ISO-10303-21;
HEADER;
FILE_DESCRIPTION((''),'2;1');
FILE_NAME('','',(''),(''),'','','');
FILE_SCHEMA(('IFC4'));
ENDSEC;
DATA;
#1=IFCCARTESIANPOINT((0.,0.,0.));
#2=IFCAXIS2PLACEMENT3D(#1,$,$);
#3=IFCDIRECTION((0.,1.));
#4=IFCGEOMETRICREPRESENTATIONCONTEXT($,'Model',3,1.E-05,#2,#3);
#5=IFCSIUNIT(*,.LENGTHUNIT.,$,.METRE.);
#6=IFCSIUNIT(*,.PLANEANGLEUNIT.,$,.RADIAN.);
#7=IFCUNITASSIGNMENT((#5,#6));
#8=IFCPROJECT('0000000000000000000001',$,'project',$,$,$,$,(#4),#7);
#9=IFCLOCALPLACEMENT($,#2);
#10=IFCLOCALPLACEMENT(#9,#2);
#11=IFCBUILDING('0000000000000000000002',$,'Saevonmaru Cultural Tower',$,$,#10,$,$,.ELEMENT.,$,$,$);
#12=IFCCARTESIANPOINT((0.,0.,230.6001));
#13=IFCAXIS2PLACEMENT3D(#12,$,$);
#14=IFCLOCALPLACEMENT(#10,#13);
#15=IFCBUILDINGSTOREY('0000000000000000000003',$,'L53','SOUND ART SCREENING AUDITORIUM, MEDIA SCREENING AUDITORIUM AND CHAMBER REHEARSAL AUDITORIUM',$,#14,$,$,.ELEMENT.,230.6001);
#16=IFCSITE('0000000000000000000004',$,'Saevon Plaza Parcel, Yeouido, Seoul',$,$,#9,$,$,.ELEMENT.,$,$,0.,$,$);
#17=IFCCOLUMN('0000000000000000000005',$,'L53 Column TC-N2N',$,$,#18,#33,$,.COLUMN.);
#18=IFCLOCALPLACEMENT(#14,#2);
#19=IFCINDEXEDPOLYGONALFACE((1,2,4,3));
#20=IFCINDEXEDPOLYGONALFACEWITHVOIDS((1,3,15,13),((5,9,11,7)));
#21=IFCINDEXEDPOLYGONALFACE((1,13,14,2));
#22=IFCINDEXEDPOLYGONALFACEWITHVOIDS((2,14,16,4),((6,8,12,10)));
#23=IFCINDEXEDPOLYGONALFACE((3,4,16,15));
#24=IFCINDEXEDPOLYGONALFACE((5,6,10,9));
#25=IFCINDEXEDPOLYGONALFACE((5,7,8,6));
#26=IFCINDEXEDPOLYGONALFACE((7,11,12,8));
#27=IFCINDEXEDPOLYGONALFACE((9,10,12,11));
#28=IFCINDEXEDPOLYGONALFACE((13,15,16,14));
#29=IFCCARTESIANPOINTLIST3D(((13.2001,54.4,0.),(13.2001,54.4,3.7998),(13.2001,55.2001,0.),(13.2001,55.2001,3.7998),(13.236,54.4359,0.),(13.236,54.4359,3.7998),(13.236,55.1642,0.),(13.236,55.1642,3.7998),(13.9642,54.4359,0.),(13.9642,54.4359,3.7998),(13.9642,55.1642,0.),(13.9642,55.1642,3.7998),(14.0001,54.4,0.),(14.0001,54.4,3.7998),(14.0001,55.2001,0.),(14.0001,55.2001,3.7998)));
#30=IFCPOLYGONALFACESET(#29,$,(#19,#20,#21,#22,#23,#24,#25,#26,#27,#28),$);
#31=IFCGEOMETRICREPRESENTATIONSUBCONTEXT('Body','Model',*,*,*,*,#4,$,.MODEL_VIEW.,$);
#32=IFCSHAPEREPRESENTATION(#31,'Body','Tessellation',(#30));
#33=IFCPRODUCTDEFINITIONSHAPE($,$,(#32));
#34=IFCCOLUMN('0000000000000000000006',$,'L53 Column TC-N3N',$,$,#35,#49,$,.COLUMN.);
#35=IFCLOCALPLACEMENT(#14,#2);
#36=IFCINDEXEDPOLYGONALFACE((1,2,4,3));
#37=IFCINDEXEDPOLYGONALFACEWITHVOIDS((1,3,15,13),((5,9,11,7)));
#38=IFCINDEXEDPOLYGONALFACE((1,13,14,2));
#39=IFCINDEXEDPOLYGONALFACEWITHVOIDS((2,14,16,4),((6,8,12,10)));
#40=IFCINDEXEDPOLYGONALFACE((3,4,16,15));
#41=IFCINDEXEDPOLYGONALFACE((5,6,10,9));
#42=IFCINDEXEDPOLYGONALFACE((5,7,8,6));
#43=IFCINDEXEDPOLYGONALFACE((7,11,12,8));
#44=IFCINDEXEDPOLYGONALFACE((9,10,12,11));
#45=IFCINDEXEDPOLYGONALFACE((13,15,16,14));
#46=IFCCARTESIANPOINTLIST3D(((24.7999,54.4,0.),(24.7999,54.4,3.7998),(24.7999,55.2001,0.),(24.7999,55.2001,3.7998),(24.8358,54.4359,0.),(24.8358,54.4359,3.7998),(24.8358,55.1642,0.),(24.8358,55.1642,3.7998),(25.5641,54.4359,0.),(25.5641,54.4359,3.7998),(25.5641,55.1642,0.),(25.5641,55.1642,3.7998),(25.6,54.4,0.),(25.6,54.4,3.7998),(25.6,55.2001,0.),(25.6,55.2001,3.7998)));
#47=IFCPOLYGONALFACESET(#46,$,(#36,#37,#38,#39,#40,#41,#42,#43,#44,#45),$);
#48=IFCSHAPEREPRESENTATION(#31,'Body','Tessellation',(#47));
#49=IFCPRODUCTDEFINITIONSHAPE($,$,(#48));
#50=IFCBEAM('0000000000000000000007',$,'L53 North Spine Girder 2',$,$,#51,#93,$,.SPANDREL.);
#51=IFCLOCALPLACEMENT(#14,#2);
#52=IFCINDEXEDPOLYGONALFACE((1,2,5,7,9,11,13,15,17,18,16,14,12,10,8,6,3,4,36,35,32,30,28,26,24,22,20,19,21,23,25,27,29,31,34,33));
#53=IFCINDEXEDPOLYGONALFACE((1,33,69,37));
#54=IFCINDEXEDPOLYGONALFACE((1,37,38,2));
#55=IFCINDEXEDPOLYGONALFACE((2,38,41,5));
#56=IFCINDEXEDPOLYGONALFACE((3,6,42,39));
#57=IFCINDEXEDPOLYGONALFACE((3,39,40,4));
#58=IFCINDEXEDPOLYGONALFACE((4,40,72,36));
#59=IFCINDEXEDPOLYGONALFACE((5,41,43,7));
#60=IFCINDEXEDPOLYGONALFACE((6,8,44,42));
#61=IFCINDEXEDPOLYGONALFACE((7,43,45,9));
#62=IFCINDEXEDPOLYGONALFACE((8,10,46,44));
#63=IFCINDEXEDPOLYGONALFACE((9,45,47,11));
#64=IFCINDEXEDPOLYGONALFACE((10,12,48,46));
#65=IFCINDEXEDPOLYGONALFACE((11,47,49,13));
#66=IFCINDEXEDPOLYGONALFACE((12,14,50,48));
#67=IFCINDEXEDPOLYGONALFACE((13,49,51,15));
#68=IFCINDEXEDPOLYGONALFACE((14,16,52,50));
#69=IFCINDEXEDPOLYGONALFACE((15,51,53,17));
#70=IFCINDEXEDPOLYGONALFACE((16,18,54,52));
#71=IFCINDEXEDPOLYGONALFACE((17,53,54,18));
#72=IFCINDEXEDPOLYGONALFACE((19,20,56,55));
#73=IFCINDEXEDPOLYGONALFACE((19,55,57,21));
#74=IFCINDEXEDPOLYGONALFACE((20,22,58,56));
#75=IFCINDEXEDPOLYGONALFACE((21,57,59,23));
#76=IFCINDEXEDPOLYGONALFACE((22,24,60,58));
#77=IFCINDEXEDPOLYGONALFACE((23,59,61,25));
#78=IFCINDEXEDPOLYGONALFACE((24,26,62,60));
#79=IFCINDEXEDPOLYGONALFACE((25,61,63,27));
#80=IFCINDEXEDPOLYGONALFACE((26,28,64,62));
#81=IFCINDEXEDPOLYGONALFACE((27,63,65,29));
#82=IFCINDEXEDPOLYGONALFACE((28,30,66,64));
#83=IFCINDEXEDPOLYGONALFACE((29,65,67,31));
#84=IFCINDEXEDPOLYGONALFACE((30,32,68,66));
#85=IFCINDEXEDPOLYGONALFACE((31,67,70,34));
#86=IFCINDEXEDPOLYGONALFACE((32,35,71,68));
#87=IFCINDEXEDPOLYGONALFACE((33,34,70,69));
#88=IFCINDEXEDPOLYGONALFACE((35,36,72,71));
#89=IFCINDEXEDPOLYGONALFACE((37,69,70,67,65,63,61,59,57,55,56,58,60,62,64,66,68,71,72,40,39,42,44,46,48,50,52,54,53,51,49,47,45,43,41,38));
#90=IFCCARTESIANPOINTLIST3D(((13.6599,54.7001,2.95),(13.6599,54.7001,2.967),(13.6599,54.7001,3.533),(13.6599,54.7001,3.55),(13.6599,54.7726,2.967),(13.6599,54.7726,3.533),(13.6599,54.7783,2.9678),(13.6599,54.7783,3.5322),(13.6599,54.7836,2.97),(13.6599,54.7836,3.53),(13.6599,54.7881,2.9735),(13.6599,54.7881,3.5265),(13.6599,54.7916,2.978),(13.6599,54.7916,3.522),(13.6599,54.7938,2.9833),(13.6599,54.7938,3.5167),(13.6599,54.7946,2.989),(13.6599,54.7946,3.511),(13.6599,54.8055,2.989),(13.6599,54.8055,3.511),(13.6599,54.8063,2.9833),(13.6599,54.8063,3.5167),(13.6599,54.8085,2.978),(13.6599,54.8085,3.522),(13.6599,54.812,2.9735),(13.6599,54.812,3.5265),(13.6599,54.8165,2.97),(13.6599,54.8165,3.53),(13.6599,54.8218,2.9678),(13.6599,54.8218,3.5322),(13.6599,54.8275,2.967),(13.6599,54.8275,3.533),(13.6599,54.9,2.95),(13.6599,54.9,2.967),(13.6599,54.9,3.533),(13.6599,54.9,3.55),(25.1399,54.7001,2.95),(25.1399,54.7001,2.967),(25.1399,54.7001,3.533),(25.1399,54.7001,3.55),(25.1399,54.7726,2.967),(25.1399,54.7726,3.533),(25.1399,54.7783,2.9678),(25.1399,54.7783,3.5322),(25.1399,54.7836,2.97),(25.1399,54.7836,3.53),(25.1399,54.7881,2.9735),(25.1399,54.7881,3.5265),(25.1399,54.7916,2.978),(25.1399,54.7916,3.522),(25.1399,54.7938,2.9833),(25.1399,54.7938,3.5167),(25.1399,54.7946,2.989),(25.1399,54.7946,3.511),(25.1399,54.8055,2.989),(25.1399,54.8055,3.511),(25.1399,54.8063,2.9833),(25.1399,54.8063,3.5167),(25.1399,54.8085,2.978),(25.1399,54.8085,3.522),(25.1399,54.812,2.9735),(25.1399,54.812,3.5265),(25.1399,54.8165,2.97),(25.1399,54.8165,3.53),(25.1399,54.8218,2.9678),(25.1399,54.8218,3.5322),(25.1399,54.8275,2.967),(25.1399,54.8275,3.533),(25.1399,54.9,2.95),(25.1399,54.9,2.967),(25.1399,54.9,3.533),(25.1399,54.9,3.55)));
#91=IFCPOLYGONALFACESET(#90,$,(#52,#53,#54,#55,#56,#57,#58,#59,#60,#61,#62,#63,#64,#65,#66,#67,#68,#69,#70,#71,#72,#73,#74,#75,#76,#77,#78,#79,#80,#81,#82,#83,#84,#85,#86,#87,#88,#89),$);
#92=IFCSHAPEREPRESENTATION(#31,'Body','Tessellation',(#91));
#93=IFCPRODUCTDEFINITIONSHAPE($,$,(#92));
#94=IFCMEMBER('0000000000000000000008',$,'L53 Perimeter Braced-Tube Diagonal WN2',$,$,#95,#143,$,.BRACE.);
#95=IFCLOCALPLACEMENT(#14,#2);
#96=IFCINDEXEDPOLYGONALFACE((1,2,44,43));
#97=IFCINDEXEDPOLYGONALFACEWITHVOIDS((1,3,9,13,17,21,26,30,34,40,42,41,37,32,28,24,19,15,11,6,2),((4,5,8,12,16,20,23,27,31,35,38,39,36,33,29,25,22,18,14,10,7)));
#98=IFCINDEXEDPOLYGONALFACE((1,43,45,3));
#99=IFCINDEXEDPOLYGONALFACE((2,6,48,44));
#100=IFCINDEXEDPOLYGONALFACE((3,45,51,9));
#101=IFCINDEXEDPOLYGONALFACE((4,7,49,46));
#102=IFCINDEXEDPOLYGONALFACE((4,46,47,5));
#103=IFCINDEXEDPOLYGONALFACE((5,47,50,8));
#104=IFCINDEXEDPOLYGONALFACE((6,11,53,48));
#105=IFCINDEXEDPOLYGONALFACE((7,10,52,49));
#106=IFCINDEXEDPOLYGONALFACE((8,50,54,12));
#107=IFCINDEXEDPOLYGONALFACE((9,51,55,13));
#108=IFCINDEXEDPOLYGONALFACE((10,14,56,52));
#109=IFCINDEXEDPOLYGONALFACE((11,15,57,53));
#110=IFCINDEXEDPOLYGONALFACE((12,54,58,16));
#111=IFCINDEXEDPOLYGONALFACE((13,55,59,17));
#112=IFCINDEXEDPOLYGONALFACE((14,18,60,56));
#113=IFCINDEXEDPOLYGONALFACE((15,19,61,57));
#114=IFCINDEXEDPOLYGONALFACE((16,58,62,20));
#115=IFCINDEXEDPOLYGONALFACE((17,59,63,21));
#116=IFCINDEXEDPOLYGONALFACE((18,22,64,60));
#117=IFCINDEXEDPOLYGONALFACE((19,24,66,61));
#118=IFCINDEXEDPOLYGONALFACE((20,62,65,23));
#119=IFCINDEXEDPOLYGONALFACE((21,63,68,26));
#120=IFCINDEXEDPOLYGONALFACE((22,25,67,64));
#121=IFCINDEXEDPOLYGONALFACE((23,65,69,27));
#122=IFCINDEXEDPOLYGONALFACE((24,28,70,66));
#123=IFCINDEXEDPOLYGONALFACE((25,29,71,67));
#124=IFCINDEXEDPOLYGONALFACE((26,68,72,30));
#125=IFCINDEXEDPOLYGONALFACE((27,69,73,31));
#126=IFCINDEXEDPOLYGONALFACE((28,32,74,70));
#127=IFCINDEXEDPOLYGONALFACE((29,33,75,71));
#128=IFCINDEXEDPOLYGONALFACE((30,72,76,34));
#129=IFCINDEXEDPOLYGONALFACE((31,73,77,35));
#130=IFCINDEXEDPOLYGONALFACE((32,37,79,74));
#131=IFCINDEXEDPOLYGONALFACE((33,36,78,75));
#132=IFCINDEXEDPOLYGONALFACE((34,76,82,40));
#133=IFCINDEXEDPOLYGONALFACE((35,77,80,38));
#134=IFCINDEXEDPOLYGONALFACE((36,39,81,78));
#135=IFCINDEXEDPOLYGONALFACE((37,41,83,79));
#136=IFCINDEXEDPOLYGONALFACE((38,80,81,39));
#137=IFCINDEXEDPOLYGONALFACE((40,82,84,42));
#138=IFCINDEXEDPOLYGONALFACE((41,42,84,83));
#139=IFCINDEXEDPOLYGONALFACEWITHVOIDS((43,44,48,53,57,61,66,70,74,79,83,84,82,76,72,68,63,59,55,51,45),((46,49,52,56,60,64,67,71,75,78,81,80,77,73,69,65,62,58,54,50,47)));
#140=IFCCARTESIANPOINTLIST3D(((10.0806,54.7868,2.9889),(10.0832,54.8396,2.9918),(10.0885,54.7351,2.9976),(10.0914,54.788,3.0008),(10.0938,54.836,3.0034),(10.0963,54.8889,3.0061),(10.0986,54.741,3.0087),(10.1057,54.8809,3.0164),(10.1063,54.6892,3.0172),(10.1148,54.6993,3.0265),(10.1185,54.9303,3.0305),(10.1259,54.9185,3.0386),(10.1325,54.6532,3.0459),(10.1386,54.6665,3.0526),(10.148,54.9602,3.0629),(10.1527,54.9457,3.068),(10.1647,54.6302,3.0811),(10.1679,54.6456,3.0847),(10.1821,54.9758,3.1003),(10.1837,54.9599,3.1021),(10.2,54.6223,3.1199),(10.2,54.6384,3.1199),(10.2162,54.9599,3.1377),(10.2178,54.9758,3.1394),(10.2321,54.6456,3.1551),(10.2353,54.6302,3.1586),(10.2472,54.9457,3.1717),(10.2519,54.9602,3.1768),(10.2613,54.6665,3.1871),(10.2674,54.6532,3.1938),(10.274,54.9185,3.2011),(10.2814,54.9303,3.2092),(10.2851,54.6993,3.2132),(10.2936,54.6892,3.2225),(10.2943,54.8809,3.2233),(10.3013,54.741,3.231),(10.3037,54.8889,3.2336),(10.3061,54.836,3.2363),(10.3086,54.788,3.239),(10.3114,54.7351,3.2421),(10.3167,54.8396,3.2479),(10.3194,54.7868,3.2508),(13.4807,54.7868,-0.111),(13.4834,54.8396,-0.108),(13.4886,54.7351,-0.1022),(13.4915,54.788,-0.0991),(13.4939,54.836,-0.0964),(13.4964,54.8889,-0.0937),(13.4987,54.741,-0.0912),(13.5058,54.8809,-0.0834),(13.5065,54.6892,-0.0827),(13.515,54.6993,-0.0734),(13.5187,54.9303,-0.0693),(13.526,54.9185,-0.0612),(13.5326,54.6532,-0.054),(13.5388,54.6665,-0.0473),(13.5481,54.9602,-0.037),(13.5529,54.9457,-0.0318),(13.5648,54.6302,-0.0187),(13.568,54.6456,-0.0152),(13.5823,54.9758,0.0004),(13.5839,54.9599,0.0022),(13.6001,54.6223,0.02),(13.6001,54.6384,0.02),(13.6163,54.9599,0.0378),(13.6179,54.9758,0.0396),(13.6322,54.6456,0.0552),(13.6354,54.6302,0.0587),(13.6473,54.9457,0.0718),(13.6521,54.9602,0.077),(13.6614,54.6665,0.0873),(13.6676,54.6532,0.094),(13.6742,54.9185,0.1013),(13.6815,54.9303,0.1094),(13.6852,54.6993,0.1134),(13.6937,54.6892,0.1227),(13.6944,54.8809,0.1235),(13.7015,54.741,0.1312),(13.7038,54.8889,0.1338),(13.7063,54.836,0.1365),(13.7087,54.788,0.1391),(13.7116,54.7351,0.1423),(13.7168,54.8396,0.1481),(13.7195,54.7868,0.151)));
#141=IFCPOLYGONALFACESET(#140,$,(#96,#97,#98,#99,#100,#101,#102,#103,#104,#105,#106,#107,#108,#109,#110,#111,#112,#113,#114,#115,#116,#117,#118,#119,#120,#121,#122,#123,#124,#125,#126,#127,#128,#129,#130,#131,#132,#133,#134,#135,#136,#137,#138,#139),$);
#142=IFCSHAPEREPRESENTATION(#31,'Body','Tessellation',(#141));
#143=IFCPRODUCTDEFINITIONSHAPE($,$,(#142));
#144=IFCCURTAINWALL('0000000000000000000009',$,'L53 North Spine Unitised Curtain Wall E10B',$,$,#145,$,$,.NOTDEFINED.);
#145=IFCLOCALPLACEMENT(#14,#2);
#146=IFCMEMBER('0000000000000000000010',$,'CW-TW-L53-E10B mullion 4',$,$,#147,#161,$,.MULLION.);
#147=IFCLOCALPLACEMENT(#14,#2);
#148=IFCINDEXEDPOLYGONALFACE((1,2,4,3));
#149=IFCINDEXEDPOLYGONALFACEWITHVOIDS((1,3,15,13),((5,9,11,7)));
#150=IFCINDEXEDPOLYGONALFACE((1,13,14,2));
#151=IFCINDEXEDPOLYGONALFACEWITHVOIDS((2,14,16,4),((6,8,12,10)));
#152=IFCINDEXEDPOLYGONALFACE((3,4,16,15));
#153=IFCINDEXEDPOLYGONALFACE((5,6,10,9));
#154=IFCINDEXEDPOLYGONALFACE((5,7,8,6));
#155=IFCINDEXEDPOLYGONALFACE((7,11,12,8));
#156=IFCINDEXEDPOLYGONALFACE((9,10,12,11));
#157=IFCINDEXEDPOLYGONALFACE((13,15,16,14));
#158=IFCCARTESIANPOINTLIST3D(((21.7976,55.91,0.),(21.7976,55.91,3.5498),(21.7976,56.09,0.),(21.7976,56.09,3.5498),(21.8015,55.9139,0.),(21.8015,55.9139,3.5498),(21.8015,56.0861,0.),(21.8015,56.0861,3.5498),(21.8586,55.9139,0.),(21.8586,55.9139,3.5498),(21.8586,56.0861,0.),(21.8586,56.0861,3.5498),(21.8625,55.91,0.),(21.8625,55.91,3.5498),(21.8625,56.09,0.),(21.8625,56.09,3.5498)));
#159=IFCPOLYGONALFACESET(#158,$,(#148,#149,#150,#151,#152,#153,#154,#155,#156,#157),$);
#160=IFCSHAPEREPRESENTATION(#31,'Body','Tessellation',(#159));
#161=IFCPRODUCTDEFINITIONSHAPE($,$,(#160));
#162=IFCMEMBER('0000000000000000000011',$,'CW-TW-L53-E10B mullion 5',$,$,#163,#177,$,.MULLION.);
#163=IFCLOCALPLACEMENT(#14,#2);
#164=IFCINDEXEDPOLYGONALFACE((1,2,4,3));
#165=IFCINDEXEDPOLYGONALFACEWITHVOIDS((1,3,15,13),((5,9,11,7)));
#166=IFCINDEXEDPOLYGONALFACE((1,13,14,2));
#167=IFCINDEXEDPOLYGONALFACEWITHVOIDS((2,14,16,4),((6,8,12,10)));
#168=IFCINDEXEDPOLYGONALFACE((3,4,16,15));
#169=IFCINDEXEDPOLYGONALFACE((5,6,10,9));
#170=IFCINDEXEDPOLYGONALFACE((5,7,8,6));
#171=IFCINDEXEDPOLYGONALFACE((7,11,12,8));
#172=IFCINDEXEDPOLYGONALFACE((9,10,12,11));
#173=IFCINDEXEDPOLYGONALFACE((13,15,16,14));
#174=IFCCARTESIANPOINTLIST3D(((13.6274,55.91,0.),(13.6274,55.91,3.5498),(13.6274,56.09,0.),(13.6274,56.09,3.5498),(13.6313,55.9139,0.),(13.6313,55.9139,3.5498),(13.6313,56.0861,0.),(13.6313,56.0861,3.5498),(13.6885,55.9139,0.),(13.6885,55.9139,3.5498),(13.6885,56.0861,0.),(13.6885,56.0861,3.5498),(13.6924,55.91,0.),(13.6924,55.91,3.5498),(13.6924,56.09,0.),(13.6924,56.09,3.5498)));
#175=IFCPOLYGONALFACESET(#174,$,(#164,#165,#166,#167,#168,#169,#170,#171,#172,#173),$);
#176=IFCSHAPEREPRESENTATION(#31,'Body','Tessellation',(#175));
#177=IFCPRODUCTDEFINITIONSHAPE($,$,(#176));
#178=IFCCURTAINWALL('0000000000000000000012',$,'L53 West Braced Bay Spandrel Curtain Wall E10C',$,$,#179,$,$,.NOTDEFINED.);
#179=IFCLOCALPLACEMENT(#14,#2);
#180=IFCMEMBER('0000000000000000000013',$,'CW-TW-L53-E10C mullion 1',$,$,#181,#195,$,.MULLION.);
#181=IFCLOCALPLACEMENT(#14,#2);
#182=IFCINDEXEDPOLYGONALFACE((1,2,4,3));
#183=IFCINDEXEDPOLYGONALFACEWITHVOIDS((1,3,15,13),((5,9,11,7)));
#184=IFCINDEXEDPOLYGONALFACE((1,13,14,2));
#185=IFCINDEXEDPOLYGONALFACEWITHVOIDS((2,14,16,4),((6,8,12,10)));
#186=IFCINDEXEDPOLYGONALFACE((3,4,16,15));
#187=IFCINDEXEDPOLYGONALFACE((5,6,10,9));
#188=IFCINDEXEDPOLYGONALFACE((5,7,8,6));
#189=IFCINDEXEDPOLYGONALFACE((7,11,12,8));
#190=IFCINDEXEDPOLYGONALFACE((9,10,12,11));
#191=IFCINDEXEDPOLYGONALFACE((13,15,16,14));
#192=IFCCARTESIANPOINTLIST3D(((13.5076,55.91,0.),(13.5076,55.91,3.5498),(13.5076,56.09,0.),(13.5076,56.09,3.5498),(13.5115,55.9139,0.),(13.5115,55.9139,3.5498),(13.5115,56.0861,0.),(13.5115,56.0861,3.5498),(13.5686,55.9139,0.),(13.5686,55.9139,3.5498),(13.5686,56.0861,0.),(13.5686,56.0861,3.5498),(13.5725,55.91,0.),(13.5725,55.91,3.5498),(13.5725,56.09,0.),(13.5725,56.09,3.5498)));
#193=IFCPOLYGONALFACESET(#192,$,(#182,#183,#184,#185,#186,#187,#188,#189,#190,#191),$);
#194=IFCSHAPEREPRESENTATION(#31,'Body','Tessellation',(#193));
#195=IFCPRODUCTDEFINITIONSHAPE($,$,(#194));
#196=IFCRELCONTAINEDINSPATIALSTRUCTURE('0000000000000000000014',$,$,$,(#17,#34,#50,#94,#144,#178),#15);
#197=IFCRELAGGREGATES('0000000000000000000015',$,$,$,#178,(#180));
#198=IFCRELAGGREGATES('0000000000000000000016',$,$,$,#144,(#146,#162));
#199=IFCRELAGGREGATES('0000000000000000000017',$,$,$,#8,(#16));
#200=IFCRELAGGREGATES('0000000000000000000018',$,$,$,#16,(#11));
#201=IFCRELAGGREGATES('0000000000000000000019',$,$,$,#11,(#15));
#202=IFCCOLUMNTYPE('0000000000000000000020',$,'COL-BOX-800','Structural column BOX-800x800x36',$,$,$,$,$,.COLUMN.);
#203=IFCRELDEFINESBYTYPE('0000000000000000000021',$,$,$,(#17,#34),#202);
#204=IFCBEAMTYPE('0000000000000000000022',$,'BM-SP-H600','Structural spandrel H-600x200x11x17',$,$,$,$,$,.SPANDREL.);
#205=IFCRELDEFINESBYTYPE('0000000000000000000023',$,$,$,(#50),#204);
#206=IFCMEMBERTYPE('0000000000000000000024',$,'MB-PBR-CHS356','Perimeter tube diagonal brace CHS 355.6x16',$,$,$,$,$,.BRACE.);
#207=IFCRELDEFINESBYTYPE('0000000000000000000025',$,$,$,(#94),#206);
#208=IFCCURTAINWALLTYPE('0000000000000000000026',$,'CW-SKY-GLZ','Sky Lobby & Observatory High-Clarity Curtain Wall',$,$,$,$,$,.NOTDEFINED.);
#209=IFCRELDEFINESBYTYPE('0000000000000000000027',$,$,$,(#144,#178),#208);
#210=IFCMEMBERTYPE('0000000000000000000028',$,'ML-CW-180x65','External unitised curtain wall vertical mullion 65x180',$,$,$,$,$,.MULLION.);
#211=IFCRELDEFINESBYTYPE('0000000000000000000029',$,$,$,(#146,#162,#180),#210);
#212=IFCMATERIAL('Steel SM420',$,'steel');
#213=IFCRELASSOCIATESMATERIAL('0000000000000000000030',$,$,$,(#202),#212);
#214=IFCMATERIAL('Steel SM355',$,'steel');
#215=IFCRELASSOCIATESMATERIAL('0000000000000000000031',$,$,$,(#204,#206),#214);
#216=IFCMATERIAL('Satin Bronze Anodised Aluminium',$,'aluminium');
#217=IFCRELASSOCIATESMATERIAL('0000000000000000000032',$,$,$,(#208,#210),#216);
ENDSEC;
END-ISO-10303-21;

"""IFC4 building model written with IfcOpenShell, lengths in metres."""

from ifc_helpers import new_model, si_unit, direction, frame, origin, origin_2d, place, context, subcontext, project, spatial, hollow_rectangle, hollow_circle, i_section, extrude, material, material_profile, profile_set, type_object, element, aggregate, save


model = new_model("IFC4")

# Units and contexts
model_context = context("Model", 3, precision=1e-05, world=origin(), true_north=direction((0.0, 1.0)))
body_context = subcontext(model_context, "Body", "Model", "MODEL_VIEW")
ifc_project = project(units=[si_unit("LENGTHUNIT", "METRE"), si_unit("PLANEANGLEUNIT", "RADIAN")], contexts=[model_context])

# Site, building, storey
site_placement = place(None, origin())
site = spatial("IfcSite", under=ifc_project, at=site_placement, Name="Saevon Plaza Parcel, Yeouido, Seoul", CompositionType="ELEMENT", RefElevation=0.0)
building_placement = place(site_placement, origin())
building = spatial("IfcBuilding", under=site, at=building_placement, Name="Saevonmaru Cultural Tower", CompositionType="ELEMENT")
storey_placement = place(building_placement, frame((0.0, 0.0, 230.6001)))
storey = spatial("IfcBuildingStorey", under=building, at=storey_placement, Name="L53", Description="SOUND ART SCREENING AUDITORIUM, MEDIA SCREENING AUDITORIUM AND CHAMBER REHEARSAL AUDITORIUM", CompositionType="ELEMENT", Elevation=230.6001)

# Columns
ifc_material_1 = material(Name="Steel SM420", Category="steel")
ifc_material_profile_1 = material_profile(ifc_material_1, hollow_rectangle(XDim=0.8, YDim=0.8, WallThickness=0.0359, at=origin_2d()), Name="BOX-800x800x36")
ifc_profile_set_1 = profile_set([ifc_material_profile_1], Name="Steel SM420")
column_type = type_object("IfcColumnType", Name="COL-BOX-800", Description="Structural column BOX-800x800x36", PredefinedType="COLUMN", material=ifc_profile_set_1)
for number, where, z_axis, x_axis, name in (
    (1, (13.6001, 54.8, 0.0), (0.0, 0.0, 1.0), (1.0, 0.0, 0.0), "L53 Column TC-N2N"),
    (2, (25.2, 54.8, 0.0), (0.0, 0.0, 1.0), (1.0, 0.0, 0.0), "L53 Column TC-N3N"),
):
    element("IfcColumn", number, at=place(storey_placement, frame(where, z_axis=z_axis, x_axis=x_axis)), inside=storey, type_object=column_type, Name=name, PredefinedType="COLUMN", context=body_context, shape_type="SweptSolid", body=[
        extrude(hollow_rectangle(XDim=0.8, YDim=0.8, WallThickness=0.0359, at=origin_2d()), origin(), (0.0, 0.0, 1.0), 3.7998),
    ])

# Beam
ifc_material_2 = material(Name="Steel SM355", Category="steel")
ifc_material_profile_2 = material_profile(ifc_material_2, i_section(OverallWidth=0.2, OverallDepth=0.6001, WebThickness=0.011, FlangeThickness=0.0171, FilletRadius=0.022, at=origin_2d()), Name="H-600x200x11x17")
ifc_profile_set_2 = profile_set([ifc_material_profile_2], Name="Steel SM355")
beam_type = type_object("IfcBeamType", Name="BM-SP-H600", Description="Structural spandrel H-600x200x11x17", PredefinedType="SPANDREL", material=ifc_profile_set_2)
beam_placement = place(storey_placement, frame((13.6599, 54.8, 3.25), z_axis=(1.0, 0.0, 0.0), x_axis=(0.0, 1.0, 0.0)))
element("IfcBeam", 3, at=beam_placement, inside=storey, type_object=beam_type, Name="L53 North Spine Girder 2", PredefinedType="SPANDREL", context=body_context, shape_type="SweptSolid", body=[
    extrude(i_section(OverallWidth=0.2, OverallDepth=0.6001, WebThickness=0.011, FlangeThickness=0.0171, FilletRadius=0.022, at=origin_2d()), origin(), (0.0, 0.0, 1.0), 11.48),
])

# Member
ifc_material_profile_3 = material_profile(ifc_material_2, hollow_circle(Radius=0.1777, WallThickness=0.0161, at=origin_2d()), Name="CHS-355.6x16")
ifc_profile_set_3 = profile_set([ifc_material_profile_3], Name="Steel SM355")
member_type_1 = type_object("IfcMemberType", Name="MB-PBR-CHS356", Description="Perimeter tube diagonal brace CHS 355.6x16", PredefinedType="BRACE", material=ifc_profile_set_3)
member_1_placement = place(storey_placement, frame((13.6001, 54.8, 0.02), z_axis=(-0.738986, 0.0, 0.673721), x_axis=(0.0, -1.0, 0.0)))
element("IfcMember", 4, at=member_1_placement, inside=storey, type_object=member_type_1, Name="L53 Perimeter Braced-Tube Diagonal WN2", PredefinedType="BRACE", context=body_context, shape_type="SweptSolid", body=[
    extrude(hollow_circle(Radius=0.1777, WallThickness=0.0161, at=origin_2d()), origin(), (0.0, 0.0, 1.0), 4.6011),
])

# Curtain wall, members
ifc_material_3 = material(Name="Satin Bronze Anodised Aluminium", Category="aluminium")
curtain_wall_type = type_object("IfcCurtainWallType", Name="CW-SKY-GLZ", Description="Sky Lobby & Observatory High-Clarity Curtain Wall", PredefinedType="NOTDEFINED", material=ifc_material_3)
curtain_wall_1_placement = place(storey_placement, origin())
curtain_wall_1 = element("IfcCurtainWall", 5, at=curtain_wall_1_placement, inside=storey, type_object=curtain_wall_type, Name="L53 North Spine Unitised Curtain Wall E10B", PredefinedType="NOTDEFINED")
ifc_material_profile_4 = material_profile(ifc_material_3, hollow_rectangle(XDim=0.0649, YDim=0.1799, WallThickness=0.0039, at=origin_2d()), Name="ALU-MULL-180x65x4")
ifc_profile_set_4 = profile_set([ifc_material_profile_4], Name="Satin Bronze Anodised Aluminium")
member_type_2 = type_object("IfcMemberType", Name="ML-CW-180x65", Description="External unitised curtain wall vertical mullion 65x180", PredefinedType="MULLION", material=ifc_profile_set_4)
member_2_placement = place(storey_placement, frame((21.8301, 56.0, 0.0), z_axis=(0.0, 0.0, 1.0), x_axis=(-1.0, 0.0, 0.0)))
member_2 = element("IfcMember", 6, at=member_2_placement, type_object=member_type_2, Name="CW-TW-L53-E10B mullion 4", PredefinedType="MULLION", context=body_context, shape_type="SweptSolid", body=[
    extrude(hollow_rectangle(XDim=0.0649, YDim=0.1799, WallThickness=0.0039, at=origin_2d()), origin(), (0.0, 0.0, 1.0), 3.5498),
])
member_3_placement = place(storey_placement, frame((13.6599, 56.0, 0.0), z_axis=(0.0, 0.0, 1.0), x_axis=(-1.0, 0.0, 0.0)))
member_3 = element("IfcMember", 7, at=member_3_placement, type_object=member_type_2, Name="CW-TW-L53-E10B mullion 5", PredefinedType="MULLION", context=body_context, shape_type="SweptSolid", body=[
    extrude(hollow_rectangle(XDim=0.0649, YDim=0.1799, WallThickness=0.0039, at=origin_2d()), origin(), (0.0, 0.0, 1.0), 3.5498),
])

# Curtain wall, member
curtain_wall_2_placement = place(storey_placement, origin())
curtain_wall_2 = element("IfcCurtainWall", 8, at=curtain_wall_2_placement, inside=storey, type_object=curtain_wall_type, Name="L53 West Braced Bay Spandrel Curtain Wall E10C", PredefinedType="NOTDEFINED")
member_4_placement = place(storey_placement, frame((13.54, 56.0, 0.0), z_axis=(0.0, 0.0, 1.0), x_axis=(-1.0, 0.0, 0.0)))
member_4 = element("IfcMember", 9, at=member_4_placement, type_object=member_type_2, Name="CW-TW-L53-E10C mullion 1", PredefinedType="MULLION", context=body_context, shape_type="SweptSolid", body=[
    extrude(hollow_rectangle(XDim=0.0649, YDim=0.1799, WallThickness=0.0039, at=origin_2d()), origin(), (0.0, 0.0, 1.0), 3.5498),
])
aggregate(curtain_wall_2, [member_4])

aggregate(curtain_wall_1, [member_2, member_3])

save(model, "model.ifc")
